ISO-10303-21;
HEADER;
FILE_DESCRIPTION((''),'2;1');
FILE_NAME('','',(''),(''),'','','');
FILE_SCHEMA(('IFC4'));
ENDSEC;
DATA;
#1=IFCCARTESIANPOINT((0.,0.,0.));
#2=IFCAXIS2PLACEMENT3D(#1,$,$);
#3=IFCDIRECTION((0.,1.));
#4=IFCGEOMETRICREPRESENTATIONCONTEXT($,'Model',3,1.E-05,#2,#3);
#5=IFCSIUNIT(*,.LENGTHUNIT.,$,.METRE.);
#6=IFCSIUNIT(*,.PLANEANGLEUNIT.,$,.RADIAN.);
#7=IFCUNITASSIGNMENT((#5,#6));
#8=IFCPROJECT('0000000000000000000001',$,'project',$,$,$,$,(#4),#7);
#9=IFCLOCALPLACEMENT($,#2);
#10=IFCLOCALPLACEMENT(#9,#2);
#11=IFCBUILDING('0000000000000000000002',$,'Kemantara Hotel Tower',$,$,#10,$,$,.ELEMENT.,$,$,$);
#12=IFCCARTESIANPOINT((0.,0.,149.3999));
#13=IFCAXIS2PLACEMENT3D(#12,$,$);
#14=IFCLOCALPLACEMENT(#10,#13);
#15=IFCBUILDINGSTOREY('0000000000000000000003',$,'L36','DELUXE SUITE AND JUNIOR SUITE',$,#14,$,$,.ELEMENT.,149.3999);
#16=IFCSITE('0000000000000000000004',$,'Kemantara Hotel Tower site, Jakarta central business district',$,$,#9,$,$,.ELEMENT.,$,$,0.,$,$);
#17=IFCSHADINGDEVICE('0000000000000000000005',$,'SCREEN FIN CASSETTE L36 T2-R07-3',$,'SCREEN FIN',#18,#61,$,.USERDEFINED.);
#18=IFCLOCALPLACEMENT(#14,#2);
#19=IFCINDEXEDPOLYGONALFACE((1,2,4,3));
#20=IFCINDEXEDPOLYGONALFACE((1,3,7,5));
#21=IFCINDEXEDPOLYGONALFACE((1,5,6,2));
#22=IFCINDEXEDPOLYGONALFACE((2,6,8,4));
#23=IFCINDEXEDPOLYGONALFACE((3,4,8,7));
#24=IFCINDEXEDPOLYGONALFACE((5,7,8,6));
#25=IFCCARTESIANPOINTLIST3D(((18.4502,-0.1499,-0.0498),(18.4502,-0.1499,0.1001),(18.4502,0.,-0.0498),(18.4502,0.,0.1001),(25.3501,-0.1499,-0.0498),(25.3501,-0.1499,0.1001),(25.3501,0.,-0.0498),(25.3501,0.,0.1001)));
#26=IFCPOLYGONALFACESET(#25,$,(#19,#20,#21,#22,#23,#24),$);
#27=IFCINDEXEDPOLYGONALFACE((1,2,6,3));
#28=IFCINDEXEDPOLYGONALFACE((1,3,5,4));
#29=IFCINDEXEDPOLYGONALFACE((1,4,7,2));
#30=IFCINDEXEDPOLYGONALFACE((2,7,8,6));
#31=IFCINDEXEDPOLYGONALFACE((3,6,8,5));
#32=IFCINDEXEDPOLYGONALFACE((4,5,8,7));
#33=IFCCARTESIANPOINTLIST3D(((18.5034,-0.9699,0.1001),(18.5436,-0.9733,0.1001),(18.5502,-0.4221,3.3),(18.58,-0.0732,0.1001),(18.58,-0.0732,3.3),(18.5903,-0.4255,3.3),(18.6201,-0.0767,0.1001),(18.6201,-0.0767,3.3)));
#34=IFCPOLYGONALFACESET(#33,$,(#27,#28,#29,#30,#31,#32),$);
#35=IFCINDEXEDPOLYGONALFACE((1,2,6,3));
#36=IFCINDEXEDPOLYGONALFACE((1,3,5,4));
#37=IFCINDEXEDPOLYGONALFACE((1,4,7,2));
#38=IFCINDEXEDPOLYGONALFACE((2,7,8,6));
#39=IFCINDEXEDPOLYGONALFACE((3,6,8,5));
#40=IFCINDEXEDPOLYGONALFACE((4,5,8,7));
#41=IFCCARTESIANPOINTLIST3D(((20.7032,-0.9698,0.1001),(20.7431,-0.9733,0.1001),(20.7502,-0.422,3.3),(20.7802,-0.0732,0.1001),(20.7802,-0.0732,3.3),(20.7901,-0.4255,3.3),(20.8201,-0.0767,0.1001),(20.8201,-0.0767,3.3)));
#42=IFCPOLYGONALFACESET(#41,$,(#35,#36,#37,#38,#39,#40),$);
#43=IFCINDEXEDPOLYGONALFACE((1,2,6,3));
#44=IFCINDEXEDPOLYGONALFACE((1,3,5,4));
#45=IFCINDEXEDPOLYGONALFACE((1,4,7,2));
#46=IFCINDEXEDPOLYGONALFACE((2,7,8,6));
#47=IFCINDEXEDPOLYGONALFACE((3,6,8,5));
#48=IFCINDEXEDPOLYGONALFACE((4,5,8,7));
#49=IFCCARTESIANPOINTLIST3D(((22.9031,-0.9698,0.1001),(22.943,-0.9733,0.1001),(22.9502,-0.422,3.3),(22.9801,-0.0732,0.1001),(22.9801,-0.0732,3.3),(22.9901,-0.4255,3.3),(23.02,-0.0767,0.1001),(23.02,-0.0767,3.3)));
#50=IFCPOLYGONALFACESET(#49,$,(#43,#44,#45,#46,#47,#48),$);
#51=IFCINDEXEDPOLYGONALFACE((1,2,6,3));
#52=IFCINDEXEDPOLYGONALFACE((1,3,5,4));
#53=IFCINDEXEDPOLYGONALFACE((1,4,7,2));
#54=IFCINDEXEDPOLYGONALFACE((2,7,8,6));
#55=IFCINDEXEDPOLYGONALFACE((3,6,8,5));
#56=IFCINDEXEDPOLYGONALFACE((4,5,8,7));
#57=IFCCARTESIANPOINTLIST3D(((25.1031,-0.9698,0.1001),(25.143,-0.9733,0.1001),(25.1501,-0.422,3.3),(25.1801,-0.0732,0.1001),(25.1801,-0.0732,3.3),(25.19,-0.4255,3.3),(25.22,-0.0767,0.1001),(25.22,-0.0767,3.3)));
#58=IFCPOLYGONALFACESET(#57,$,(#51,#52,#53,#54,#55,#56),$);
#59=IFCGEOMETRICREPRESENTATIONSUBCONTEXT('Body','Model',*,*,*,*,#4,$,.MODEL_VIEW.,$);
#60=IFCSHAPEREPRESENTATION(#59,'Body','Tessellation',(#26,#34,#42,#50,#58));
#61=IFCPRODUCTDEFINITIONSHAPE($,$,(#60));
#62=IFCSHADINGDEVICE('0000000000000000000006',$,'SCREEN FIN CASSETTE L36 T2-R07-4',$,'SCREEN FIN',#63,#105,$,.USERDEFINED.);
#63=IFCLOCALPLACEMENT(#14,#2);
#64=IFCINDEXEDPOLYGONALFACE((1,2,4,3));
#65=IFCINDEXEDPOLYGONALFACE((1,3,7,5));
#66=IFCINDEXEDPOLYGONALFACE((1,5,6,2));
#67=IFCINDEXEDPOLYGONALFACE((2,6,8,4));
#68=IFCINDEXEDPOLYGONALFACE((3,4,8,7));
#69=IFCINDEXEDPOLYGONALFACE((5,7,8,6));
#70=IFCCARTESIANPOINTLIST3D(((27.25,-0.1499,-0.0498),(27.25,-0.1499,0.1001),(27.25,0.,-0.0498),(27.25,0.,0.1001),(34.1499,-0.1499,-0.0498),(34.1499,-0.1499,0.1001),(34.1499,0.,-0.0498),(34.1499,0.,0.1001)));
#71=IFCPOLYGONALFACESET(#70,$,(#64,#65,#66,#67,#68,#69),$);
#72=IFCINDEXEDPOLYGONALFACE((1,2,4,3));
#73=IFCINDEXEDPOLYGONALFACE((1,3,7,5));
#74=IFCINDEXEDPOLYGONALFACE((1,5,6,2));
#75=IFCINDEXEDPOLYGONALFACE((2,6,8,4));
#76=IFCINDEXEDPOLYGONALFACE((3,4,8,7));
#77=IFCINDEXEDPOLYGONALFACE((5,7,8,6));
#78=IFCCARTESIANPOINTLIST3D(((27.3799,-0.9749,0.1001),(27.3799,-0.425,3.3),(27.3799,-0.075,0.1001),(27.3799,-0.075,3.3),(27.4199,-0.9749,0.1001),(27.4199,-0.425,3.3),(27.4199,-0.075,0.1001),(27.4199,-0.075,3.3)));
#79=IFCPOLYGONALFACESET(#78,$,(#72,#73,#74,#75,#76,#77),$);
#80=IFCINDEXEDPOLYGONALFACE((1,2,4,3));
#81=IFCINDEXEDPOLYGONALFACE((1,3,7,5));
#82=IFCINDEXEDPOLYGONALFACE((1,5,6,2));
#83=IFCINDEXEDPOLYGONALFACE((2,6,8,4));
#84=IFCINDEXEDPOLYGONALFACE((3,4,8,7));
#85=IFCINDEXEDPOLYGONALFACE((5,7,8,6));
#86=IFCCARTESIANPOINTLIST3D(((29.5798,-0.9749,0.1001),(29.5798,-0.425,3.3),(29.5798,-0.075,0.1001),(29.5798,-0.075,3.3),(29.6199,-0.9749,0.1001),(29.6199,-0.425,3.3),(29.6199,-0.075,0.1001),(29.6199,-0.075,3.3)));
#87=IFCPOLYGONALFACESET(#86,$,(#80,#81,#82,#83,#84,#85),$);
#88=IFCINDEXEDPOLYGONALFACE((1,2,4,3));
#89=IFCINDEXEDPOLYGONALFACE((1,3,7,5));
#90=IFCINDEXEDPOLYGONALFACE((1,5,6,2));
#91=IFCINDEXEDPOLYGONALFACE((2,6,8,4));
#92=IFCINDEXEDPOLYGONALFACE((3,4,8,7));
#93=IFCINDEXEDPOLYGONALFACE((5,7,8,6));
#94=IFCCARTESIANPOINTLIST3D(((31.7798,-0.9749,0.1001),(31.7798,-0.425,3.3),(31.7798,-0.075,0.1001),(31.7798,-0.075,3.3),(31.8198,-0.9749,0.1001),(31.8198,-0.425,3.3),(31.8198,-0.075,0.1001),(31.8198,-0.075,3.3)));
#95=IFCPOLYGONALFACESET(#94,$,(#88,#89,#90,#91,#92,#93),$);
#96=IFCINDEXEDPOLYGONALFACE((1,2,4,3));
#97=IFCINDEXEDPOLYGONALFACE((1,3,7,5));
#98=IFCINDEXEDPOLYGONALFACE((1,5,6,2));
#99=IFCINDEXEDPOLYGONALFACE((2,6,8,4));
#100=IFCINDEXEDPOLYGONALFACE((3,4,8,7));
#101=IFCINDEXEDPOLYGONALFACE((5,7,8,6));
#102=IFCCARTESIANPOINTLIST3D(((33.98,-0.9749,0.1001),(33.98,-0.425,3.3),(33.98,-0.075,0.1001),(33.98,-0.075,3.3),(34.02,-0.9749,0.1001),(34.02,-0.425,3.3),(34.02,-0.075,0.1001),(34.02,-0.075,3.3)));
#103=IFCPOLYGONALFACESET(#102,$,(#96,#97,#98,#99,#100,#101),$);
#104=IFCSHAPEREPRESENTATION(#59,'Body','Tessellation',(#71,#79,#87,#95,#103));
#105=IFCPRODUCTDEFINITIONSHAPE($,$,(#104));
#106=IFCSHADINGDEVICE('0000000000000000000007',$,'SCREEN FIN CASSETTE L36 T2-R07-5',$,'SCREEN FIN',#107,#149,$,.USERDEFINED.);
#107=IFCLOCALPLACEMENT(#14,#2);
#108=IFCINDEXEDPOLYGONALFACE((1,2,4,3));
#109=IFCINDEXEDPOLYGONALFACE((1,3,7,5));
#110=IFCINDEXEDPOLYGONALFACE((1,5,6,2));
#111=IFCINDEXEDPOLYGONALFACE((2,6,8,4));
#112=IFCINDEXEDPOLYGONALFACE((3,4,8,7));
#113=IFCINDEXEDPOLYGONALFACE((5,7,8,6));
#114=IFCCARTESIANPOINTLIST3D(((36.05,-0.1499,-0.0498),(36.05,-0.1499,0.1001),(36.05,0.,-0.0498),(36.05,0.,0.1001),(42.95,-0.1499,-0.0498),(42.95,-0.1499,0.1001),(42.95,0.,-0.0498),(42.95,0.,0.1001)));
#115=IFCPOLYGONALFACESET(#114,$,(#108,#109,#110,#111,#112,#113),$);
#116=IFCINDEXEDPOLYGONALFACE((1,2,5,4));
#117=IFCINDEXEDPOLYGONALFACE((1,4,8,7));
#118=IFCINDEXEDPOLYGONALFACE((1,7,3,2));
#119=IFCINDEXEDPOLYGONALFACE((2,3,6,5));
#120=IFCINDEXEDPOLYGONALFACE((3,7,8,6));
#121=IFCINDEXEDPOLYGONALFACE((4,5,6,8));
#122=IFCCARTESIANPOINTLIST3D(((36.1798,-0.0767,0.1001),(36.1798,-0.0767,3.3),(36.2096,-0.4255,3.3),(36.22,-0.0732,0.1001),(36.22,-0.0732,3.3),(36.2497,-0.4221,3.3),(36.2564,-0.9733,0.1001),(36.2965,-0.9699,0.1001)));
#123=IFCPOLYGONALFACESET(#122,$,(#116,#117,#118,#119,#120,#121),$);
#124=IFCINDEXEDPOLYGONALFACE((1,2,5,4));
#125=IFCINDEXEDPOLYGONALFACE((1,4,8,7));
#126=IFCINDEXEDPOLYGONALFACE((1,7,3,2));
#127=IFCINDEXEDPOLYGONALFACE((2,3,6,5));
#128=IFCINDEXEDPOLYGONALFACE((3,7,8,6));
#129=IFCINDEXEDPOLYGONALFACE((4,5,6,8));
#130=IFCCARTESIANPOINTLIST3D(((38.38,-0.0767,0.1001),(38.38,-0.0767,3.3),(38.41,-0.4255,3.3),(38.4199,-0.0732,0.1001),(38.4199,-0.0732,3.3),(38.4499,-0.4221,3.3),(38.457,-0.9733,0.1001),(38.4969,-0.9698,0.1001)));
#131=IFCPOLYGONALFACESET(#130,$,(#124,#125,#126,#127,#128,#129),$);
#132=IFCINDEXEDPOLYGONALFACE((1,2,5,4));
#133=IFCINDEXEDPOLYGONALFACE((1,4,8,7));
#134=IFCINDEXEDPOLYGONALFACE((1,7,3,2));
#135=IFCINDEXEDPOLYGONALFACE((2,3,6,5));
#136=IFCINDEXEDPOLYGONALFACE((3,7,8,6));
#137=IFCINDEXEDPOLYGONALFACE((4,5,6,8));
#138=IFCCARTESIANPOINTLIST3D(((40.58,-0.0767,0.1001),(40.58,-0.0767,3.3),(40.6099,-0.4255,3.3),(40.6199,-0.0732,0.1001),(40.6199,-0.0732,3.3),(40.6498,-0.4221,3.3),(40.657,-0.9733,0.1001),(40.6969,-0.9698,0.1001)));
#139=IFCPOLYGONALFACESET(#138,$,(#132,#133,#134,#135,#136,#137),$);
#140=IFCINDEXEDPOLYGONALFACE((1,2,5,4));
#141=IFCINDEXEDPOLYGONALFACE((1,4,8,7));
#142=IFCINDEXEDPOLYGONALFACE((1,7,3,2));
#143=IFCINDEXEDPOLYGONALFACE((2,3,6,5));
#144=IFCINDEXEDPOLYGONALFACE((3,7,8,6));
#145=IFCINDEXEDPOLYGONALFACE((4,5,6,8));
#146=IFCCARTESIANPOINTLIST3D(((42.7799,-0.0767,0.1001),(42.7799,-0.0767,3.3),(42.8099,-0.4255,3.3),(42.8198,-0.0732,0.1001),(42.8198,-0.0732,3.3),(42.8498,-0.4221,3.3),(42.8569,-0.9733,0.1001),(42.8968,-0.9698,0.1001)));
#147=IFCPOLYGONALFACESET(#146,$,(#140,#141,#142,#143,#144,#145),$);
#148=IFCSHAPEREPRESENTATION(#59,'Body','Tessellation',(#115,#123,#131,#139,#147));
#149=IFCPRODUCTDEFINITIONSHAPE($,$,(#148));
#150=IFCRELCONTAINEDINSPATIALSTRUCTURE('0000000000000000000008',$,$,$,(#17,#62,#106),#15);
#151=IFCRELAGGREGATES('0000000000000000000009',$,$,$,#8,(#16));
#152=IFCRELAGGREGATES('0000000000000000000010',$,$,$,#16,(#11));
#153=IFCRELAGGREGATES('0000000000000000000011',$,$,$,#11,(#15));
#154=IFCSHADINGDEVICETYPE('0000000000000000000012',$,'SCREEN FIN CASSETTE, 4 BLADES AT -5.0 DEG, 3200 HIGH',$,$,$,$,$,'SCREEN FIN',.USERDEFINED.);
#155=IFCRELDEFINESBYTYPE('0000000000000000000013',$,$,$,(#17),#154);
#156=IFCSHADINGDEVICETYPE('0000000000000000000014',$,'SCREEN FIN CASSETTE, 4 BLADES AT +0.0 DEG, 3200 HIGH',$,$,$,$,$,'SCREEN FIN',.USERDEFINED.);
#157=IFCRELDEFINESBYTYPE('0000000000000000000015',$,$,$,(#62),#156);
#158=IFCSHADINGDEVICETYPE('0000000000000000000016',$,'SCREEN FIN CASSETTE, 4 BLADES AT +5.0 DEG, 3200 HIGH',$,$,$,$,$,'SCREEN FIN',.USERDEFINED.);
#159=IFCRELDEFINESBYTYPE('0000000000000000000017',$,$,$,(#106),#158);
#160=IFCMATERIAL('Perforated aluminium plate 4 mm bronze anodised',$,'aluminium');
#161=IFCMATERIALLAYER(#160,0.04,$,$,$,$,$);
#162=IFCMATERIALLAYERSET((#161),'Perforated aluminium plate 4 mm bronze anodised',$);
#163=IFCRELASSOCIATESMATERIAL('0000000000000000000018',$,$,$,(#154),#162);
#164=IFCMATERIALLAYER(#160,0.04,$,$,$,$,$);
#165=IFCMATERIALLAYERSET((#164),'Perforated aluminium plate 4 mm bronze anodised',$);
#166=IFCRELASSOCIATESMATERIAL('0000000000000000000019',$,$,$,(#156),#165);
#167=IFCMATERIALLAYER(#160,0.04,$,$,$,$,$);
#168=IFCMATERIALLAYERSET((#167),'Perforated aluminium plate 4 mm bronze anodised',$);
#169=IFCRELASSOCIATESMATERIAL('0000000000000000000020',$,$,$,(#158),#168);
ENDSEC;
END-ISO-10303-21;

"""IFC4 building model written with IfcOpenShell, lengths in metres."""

from ifc_helpers import new_model, si_unit, direction, frame, origin, origin_2d, place, context, subcontext, project, spatial, polyline, rectangle, outline, extrude, source, transform, mapped, material, layer, layer_set, type_object, element, save


model = new_model("IFC4")

# Units and contexts
model_context = context("Model", 3, precision=1e-05, world=origin(), true_north=direction((0.0, 1.0)))
body_context = subcontext(model_context, "Body", "Model", "MODEL_VIEW")
ifc_project = project(units=[si_unit("LENGTHUNIT", "METRE"), si_unit("PLANEANGLEUNIT", "RADIAN")], contexts=[model_context])

# Site, building, storey
site_placement = place(None, origin())
site = spatial("IfcSite", under=ifc_project, at=site_placement, Name="Kemantara Hotel Tower site, Jakarta central business district", CompositionType="ELEMENT", RefElevation=0.0)
building_placement = place(site_placement, origin())
building = spatial("IfcBuilding", under=site, at=building_placement, Name="Kemantara Hotel Tower", CompositionType="ELEMENT")
storey_placement = place(building_placement, frame((0.0, 0.0, 149.3999)))
storey = spatial("IfcBuildingStorey", under=building, at=storey_placement, Name="L36", Description="DELUXE SUITE AND JUNIOR SUITE", CompositionType="ELEMENT", Elevation=149.3999)

# Shading devices
ifc_material_1 = material(Name="Perforated aluminium plate 4 mm bronze anodised", Category="aluminium")
ifc_layer_1 = layer(ifc_material_1, 0.04)
ifc_layer_set_1 = layer_set([ifc_layer_1], Name="Perforated aluminium plate 4 mm bronze anodised")
shading_device_type_1 = type_object("IfcShadingDeviceType", Name="SCREEN FIN CASSETTE, 4 BLADES AT -5.0 DEG, 3200 HIGH", ElementType="SCREEN FIN", PredefinedType="USERDEFINED", material=ifc_layer_set_1)
shared_shape_1 = source(origin(), body_context, "Body", "SweptSolid", [
    extrude(rectangle(XDim=6.8999, YDim=0.1499, at=origin_2d()), frame((3.3, -0.075, -0.1499), z_axis=(0.0, 0.0, 1.0), x_axis=(1.0, 0.0, 0.0)), (0.0, 0.0, 1.0), 0.1499),
    extrude(outline(polyline([(0.0, 0.0), (0.8999, 0.0), (0.3501, 3.2), (0.0, 3.2), (0.0, 0.0)])), frame((0.02, -0.0767, 0.0), z_axis=(-0.996376, 0.085056, 0.0), x_axis=(-0.085056, -0.996376, 0.0)), (0.0, 0.0, 1.0), 0.0403),
    extrude(outline(polyline([(0.0, 0.0), (0.8999, 0.0), (0.3501, 3.2), (0.0, 3.2), (0.0, 0.0)])), frame((2.22, -0.0767, 0.0), z_axis=(-0.996332, 0.085575, 0.0), x_axis=(-0.085575, -0.996332, 0.0)), (0.0, 0.0, 1.0), 0.04),
    extrude(outline(polyline([(0.0, 0.0), (0.8999, 0.0), (0.3501, 3.2), (0.0, 3.2), (0.0, 0.0)])), frame((4.4199, -0.0767, 0.0), z_axis=(-0.996332, 0.085575, 0.0), x_axis=(-0.085575, -0.996332, 0.0)), (0.0, 0.0, 1.0), 0.04),
    extrude(outline(polyline([(0.0, 0.0), (0.8999, 0.0), (0.3501, 3.2), (0.0, 3.2), (0.0, 0.0)])), frame((6.6199, -0.0767, 0.0), z_axis=(-0.996332, 0.085575, 0.0), x_axis=(-0.085575, -0.996332, 0.0)), (0.0, 0.0, 1.0), 0.04),
])
shading_device_1_placement = place(storey_placement, frame((18.6001, 0.0, 0.1001), z_axis=(0.0, 0.0, 1.0), x_axis=(1.0, 0.0, 0.0)))
element("IfcShadingDevice", 1, at=shading_device_1_placement, inside=storey, type_object=shading_device_type_1, Name="SCREEN FIN CASSETTE L36 T2-R07-3", ObjectType="SCREEN FIN", PredefinedType="USERDEFINED", context=body_context, shape_type="MappedRepresentation", body=[
    mapped(shared_shape_1, transform((0.0, 0.0, 0.0))),
])
ifc_layer_2 = layer(ifc_material_1, 0.04)
ifc_layer_set_2 = layer_set([ifc_layer_2], Name="Perforated aluminium plate 4 mm bronze anodised")
shading_device_type_2 = type_object("IfcShadingDeviceType", Name="SCREEN FIN CASSETTE, 4 BLADES AT +0.0 DEG, 3200 HIGH", ElementType="SCREEN FIN", PredefinedType="USERDEFINED", material=ifc_layer_set_2)
shared_shape_2 = source(origin(), body_context, "Body", "SweptSolid", [
    extrude(rectangle(XDim=6.8999, YDim=0.1499, at=origin_2d()), frame((3.3, -0.075, -0.1499), z_axis=(0.0, 0.0, 1.0), x_axis=(1.0, 0.0, 0.0)), (0.0, 0.0, 1.0), 0.1499),
    extrude(outline(polyline([(0.0, 0.0), (0.8999, 0.0), (0.3501, 3.2), (0.0, 3.2), (0.0, 0.0)])), frame((0.02, -0.075, 0.0), z_axis=(-1.0, 0.0, 0.0), x_axis=(0.0, -1.0, 0.0)), (0.0, 0.0, 1.0), 0.04),
    extrude(outline(polyline([(0.0, 0.0), (0.8999, 0.0), (0.3501, 3.2), (0.0, 3.2), (0.0, 0.0)])), frame((2.22, -0.075, 0.0), z_axis=(-1.0, 0.0, 0.0), x_axis=(0.0, -1.0, 0.0)), (0.0, 0.0, 1.0), 0.04),
    extrude(outline(polyline([(0.0, 0.0), (0.8999, 0.0), (0.3501, 3.2), (0.0, 3.2), (0.0, 0.0)])), frame((4.4199, -0.075, 0.0), z_axis=(-1.0, 0.0, 0.0), x_axis=(0.0, -1.0, 0.0)), (0.0, 0.0, 1.0), 0.04),
    extrude(outline(polyline([(0.0, 0.0), (0.8999, 0.0), (0.3501, 3.2), (0.0, 3.2), (0.0, 0.0)])), frame((6.6201, -0.075, 0.0), z_axis=(-1.0, 0.0, 0.0), x_axis=(0.0, -1.0, 0.0)), (0.0, 0.0, 1.0), 0.04),
])
shading_device_2_placement = place(storey_placement, frame((27.3999, 0.0, 0.1001), z_axis=(0.0, 0.0, 1.0), x_axis=(1.0, 0.0, 0.0)))
element("IfcShadingDevice", 2, at=shading_device_2_placement, inside=storey, type_object=shading_device_type_2, Name="SCREEN FIN CASSETTE L36 T2-R07-4", ObjectType="SCREEN FIN", PredefinedType="USERDEFINED", context=body_context, shape_type="MappedRepresentation", body=[
    mapped(shared_shape_2, transform((0.0, 0.0, 0.0))),
])
ifc_layer_3 = layer(ifc_material_1, 0.04)
ifc_layer_set_3 = layer_set([ifc_layer_3], Name="Perforated aluminium plate 4 mm bronze anodised")
shading_device_type_3 = type_object("IfcShadingDeviceType", Name="SCREEN FIN CASSETTE, 4 BLADES AT +5.0 DEG, 3200 HIGH", ElementType="SCREEN FIN", PredefinedType="USERDEFINED", material=ifc_layer_set_3)
shared_shape_3 = source(origin(), body_context, "Body", "SweptSolid", [
    extrude(rectangle(XDim=6.8999, YDim=0.1499, at=origin_2d()), frame((3.3, -0.075, -0.1499), z_axis=(0.0, 0.0, 1.0), x_axis=(1.0, 0.0, 0.0)), (0.0, 0.0, 1.0), 0.1499),
    extrude(outline(polyline([(0.0, 0.0), (0.8999, 0.0), (0.3501, 3.2), (0.0, 3.2), (0.0, 0.0)])), frame((0.02, -0.0732, 0.0), z_axis=(-0.996376, -0.085056, 0.0), x_axis=(0.085056, -0.996376, 0.0)), (0.0, 0.0, 1.0), 0.0403),
    extrude(outline(polyline([(0.0, 0.0), (0.8999, 0.0), (0.3501, 3.2), (0.0, 3.2), (0.0, 0.0)])), frame((2.22, -0.0732, 0.0), z_axis=(-0.996332, -0.085575, 0.0), x_axis=(0.085575, -0.996332, 0.0)), (0.0, 0.0, 1.0), 0.04),
    extrude(outline(polyline([(0.0, 0.0), (0.8999, 0.0), (0.3501, 3.2), (0.0, 3.2), (0.0, 0.0)])), frame((4.4199, -0.0732, 0.0), z_axis=(-0.996332, -0.085575, 0.0), x_axis=(0.085575, -0.996332, 0.0)), (0.0, 0.0, 1.0), 0.04),
    extrude(outline(polyline([(0.0, 0.0), (0.8999, 0.0), (0.3501, 3.2), (0.0, 3.2), (0.0, 0.0)])), frame((6.6199, -0.0732, 0.0), z_axis=(-0.996332, -0.085575, 0.0), x_axis=(0.085575, -0.996332, 0.0)), (0.0, 0.0, 1.0), 0.04),
])
shading_device_3_placement = place(storey_placement, frame((36.2, 0.0, 0.1001), z_axis=(0.0, 0.0, 1.0), x_axis=(1.0, 0.0, 0.0)))
element("IfcShadingDevice", 3, at=shading_device_3_placement, inside=storey, type_object=shading_device_type_3, Name="SCREEN FIN CASSETTE L36 T2-R07-5", ObjectType="SCREEN FIN", PredefinedType="USERDEFINED", context=body_context, shape_type="MappedRepresentation", body=[
    mapped(shared_shape_3, transform((0.0, 0.0, 0.0))),
])

save(model, "model.ifc")
